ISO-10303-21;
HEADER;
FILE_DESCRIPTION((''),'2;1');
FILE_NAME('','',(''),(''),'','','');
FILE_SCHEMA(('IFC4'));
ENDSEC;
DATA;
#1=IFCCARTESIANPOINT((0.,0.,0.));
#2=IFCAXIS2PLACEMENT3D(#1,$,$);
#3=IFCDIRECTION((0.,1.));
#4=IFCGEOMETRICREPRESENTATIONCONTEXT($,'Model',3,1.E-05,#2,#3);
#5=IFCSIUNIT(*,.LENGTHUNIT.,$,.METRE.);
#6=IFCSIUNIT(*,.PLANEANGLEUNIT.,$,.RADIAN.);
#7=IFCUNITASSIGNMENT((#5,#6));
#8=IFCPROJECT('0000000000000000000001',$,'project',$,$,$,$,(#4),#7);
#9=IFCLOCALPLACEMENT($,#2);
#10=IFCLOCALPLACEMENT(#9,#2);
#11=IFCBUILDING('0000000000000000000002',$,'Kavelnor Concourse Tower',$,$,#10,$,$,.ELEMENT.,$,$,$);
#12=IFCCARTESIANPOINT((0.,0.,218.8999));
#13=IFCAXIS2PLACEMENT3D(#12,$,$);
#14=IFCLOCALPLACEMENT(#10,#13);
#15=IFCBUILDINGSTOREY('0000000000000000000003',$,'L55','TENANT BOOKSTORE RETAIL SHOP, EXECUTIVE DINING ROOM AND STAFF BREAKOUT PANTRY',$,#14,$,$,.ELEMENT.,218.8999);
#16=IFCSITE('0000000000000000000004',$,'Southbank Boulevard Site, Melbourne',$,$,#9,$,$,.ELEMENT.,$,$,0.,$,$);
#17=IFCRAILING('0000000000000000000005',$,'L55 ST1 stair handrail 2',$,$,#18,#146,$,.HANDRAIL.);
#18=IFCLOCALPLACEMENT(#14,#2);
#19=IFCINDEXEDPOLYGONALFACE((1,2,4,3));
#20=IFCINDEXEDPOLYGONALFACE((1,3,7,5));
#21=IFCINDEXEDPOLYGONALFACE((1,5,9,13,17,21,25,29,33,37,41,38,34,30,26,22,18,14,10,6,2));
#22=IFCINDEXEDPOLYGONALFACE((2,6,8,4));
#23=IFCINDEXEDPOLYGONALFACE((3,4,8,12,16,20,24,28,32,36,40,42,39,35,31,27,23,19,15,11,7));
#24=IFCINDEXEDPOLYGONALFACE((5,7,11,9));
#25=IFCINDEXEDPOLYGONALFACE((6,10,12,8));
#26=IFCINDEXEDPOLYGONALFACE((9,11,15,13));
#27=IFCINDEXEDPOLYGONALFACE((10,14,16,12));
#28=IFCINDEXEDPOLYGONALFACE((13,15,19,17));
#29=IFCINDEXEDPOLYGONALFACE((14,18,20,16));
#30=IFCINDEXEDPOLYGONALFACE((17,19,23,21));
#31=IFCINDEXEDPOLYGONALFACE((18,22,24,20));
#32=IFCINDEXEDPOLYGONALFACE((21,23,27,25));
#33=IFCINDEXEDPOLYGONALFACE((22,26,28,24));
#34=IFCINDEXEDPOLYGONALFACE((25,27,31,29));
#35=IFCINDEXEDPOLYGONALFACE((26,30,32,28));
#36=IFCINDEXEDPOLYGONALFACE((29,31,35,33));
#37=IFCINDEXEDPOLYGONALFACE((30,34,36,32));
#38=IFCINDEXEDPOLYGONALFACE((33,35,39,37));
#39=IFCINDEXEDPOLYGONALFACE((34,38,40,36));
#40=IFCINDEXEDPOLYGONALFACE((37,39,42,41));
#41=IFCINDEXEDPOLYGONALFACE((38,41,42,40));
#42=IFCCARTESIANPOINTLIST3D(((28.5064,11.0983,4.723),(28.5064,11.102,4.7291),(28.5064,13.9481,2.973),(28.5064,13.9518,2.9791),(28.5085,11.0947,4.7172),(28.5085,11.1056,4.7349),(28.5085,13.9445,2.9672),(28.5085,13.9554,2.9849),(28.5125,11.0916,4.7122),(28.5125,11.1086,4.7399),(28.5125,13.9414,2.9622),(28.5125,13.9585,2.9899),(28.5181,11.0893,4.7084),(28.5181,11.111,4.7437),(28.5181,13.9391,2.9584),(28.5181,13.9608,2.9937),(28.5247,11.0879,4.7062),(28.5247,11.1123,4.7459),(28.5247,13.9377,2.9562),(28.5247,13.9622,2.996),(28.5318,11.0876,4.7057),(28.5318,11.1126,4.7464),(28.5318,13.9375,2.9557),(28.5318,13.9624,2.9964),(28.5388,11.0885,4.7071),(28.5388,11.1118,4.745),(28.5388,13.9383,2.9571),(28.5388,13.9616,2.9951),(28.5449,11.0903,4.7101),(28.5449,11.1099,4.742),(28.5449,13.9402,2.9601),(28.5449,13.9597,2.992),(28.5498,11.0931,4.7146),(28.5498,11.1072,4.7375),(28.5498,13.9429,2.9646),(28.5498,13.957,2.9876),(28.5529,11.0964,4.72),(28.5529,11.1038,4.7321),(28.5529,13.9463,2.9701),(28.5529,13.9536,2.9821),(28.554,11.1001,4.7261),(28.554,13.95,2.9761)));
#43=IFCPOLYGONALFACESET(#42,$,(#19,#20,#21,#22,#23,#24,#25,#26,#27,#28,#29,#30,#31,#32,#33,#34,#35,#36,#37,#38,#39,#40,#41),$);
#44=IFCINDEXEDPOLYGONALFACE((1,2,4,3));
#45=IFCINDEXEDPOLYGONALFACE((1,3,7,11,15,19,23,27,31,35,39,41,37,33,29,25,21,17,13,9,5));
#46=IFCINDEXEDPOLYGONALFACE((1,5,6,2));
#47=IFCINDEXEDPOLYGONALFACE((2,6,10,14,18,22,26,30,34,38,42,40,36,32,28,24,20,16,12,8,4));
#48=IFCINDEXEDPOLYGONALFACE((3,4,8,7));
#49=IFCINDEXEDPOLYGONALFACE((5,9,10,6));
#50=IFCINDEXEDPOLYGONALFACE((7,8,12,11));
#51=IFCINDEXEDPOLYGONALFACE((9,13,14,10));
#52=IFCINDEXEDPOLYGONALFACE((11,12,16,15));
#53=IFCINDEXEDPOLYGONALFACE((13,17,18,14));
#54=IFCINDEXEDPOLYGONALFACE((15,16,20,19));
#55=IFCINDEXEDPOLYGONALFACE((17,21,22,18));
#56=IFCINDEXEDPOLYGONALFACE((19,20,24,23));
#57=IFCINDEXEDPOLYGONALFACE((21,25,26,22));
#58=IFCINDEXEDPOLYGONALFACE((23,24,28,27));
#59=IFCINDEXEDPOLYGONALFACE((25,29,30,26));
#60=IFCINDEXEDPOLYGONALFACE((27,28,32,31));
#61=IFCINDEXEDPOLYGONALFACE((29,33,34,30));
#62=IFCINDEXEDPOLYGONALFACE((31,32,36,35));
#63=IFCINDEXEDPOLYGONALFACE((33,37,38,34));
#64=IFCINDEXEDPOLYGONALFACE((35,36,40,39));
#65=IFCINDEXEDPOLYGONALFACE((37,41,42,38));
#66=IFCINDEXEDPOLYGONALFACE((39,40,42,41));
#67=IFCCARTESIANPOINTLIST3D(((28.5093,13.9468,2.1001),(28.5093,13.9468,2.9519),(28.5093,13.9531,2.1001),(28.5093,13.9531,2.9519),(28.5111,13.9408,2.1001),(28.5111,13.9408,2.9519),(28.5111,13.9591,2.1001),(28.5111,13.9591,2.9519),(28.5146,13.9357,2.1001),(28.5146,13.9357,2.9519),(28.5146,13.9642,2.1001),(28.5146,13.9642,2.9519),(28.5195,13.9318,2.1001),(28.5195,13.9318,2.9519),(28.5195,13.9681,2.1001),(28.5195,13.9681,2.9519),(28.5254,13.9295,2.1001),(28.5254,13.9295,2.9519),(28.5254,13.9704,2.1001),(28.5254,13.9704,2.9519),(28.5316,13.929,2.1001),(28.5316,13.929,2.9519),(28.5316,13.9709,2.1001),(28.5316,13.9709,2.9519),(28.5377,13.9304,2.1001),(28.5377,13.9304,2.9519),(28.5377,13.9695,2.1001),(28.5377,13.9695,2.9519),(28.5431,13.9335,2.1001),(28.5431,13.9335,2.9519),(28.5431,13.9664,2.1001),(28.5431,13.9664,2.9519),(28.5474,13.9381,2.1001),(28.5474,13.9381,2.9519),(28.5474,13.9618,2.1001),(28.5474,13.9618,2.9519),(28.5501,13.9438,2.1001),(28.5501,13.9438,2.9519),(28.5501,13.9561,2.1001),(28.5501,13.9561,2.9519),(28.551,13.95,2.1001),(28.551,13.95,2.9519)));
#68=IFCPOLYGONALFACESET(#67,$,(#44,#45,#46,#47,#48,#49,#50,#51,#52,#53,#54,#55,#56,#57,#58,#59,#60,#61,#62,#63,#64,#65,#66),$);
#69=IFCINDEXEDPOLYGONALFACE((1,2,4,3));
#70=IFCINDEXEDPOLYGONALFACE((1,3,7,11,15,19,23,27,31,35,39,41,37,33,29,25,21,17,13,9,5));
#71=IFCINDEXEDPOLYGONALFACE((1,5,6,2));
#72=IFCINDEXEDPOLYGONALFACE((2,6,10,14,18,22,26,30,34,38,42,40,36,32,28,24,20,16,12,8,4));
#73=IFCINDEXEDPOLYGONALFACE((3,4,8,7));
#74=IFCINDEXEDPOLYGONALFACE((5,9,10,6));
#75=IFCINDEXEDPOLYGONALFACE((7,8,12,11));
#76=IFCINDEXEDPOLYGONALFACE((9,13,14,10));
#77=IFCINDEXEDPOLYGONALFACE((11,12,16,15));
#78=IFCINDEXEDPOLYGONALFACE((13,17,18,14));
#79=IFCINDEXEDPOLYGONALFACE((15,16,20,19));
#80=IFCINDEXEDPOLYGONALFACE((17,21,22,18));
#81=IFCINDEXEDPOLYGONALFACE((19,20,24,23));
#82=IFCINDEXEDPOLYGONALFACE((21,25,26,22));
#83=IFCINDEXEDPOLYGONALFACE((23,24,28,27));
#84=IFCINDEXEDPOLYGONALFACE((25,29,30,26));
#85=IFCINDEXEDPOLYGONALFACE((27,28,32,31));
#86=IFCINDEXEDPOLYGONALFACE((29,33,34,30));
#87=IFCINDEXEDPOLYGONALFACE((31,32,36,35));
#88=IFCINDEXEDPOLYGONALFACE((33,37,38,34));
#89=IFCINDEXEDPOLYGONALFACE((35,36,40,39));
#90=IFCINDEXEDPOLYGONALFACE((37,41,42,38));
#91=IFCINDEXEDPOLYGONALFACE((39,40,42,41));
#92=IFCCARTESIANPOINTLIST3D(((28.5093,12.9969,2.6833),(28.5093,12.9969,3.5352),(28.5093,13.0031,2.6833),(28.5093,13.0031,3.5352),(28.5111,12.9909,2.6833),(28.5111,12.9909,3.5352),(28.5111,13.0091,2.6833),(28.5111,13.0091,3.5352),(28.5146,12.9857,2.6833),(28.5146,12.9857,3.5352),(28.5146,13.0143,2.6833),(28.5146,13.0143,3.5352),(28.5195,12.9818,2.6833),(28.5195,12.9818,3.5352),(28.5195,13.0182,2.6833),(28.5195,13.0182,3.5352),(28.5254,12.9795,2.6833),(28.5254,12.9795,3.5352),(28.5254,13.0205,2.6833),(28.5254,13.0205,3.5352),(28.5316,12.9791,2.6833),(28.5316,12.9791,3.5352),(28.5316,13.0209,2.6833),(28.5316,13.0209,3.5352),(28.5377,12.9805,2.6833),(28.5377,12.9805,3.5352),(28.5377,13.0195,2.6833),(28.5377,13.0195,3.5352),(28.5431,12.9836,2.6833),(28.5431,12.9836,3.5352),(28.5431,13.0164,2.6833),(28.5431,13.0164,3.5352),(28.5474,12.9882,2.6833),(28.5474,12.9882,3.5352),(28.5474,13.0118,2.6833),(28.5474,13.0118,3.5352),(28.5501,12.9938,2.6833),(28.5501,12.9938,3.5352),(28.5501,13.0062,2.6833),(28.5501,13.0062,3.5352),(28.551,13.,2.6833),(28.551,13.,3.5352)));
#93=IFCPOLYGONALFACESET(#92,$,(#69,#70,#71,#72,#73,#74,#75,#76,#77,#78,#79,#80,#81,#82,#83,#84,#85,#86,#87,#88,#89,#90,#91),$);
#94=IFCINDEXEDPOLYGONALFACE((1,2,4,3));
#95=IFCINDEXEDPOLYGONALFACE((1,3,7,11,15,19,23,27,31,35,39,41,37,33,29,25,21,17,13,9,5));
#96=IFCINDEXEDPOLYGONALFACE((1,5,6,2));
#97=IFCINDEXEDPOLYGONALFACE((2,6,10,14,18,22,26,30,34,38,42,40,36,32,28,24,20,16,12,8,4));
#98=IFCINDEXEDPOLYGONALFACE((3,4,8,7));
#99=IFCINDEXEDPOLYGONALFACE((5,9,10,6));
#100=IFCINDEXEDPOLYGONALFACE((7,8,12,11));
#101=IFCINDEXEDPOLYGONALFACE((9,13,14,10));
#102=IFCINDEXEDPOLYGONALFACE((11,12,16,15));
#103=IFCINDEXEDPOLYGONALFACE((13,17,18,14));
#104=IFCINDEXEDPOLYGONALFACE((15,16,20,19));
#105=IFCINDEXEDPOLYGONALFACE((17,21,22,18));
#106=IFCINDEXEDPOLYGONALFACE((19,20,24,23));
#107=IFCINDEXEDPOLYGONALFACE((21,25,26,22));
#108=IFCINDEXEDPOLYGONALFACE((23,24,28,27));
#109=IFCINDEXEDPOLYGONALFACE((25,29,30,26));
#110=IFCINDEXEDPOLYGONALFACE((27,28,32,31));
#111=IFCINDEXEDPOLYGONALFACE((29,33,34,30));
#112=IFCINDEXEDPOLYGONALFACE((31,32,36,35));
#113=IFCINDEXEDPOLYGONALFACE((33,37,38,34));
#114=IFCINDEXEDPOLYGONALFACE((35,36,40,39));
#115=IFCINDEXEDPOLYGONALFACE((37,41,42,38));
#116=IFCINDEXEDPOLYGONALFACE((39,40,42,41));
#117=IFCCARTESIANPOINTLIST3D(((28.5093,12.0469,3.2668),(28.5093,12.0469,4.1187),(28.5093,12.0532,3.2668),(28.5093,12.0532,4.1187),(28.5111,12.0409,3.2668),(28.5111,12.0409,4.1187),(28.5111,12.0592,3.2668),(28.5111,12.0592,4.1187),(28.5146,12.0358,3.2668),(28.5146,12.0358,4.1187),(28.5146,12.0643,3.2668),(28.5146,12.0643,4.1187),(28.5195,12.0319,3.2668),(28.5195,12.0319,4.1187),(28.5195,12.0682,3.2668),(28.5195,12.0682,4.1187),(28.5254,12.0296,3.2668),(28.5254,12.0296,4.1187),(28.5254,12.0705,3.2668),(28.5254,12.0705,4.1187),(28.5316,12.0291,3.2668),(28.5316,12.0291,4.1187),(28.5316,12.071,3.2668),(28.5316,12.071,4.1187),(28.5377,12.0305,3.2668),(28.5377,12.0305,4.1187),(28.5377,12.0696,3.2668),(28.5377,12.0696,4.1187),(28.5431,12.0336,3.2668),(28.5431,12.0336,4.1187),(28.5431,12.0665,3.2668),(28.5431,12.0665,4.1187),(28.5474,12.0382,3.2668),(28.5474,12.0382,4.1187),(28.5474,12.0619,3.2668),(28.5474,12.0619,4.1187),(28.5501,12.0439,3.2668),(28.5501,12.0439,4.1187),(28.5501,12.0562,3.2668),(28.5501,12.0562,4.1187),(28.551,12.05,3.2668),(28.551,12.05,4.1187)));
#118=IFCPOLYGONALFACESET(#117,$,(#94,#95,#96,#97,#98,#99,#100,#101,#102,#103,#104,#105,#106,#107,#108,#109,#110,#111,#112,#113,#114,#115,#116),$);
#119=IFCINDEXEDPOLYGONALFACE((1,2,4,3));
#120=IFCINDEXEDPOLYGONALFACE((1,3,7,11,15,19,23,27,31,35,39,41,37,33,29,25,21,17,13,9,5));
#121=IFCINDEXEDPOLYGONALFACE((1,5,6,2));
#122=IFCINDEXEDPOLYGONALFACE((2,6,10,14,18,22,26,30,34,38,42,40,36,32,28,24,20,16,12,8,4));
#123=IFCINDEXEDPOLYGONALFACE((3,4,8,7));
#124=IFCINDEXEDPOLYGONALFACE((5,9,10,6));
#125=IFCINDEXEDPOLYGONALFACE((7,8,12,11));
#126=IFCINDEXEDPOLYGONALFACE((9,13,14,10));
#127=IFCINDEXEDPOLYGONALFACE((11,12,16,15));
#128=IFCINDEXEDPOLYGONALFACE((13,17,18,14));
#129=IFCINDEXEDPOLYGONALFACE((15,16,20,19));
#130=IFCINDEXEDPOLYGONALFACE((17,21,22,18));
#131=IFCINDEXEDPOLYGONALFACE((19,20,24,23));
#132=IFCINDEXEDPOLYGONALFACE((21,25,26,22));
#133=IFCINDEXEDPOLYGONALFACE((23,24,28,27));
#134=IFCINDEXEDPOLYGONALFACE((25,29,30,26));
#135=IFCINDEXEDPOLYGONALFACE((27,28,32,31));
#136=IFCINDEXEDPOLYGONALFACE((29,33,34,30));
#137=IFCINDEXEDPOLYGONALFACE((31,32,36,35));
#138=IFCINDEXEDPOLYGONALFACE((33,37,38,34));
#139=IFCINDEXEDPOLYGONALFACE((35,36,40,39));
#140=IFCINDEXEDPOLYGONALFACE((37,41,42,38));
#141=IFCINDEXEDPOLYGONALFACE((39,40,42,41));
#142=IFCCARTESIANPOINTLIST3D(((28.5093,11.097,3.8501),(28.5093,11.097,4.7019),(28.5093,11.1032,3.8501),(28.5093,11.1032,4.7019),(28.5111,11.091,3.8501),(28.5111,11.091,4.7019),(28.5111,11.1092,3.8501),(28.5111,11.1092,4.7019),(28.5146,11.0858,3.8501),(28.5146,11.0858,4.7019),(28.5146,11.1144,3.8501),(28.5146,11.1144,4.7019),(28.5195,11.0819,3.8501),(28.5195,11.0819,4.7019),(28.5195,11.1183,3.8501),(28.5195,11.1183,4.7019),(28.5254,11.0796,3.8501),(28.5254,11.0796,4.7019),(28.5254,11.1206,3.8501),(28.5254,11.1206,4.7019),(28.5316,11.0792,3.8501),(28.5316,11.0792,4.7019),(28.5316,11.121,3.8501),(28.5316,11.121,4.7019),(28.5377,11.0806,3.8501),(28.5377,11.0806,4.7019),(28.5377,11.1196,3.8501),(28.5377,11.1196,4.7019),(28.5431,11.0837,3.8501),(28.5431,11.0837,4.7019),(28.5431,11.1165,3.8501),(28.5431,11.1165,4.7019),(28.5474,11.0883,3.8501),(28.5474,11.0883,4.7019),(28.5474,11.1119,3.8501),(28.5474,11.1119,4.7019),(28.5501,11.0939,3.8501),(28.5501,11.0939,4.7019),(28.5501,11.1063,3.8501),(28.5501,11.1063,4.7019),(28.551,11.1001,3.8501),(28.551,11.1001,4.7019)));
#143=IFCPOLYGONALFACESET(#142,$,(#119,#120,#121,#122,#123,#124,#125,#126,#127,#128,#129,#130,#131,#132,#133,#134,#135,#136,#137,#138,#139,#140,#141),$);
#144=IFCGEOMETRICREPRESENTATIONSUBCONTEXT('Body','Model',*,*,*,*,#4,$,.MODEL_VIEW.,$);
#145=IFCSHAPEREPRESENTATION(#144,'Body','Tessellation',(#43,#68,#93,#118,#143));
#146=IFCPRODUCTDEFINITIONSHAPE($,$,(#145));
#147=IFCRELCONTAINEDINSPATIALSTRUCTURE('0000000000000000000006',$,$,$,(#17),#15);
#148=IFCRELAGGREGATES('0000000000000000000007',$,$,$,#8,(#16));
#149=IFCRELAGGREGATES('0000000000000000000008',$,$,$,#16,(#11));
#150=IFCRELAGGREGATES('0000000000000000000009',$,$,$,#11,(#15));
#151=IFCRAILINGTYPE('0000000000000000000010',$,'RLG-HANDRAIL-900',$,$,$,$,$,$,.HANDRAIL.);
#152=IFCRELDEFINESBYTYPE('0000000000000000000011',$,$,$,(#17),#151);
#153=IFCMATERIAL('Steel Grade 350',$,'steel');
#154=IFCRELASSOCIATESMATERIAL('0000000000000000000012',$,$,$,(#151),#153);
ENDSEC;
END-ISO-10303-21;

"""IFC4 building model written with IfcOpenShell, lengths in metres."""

from ifc_helpers import new_model, si_unit, direction, frame, origin, origin_2d, place, context, subcontext, project, spatial, circle, extrude, material, type_object, element, save


model = new_model("IFC4")

# Units and contexts
model_context = context("Model", 3, precision=1e-05, world=origin(), true_north=direction((0.0, 1.0)))
body_context = subcontext(model_context, "Body", "Model", "MODEL_VIEW")
ifc_project = project(units=[si_unit("LENGTHUNIT", "METRE"), si_unit("PLANEANGLEUNIT", "RADIAN")], contexts=[model_context])

# Site, building, storey
site_placement = place(None, origin())
site = spatial("IfcSite", under=ifc_project, at=site_placement, Name="Southbank Boulevard Site, Melbourne", CompositionType="ELEMENT", RefElevation=0.0)
building_placement = place(site_placement, origin())
building = spatial("IfcBuilding", under=site, at=building_placement, Name="Kavelnor Concourse Tower", CompositionType="ELEMENT")
storey_placement = place(building_placement, frame((0.0, 0.0, 218.8999)))
storey = spatial("IfcBuildingStorey", under=building, at=storey_placement, Name="L55", Description="TENANT BOOKSTORE RETAIL SHOP, EXECUTIVE DINING ROOM AND STAFF BREAKOUT PANTRY", CompositionType="ELEMENT", Elevation=218.8999)

# Shared definitions
ifc_material_1 = material(Name="Steel Grade 350", Category="steel")

# Railing
railing_type_1 = type_object("IfcRailingType", Name="RLG-HANDRAIL-900", PredefinedType="HANDRAIL", material=ifc_material_1)
railing_1_placement = place(storey_placement, frame((28.53, 13.95, 2.1001)))
element("IfcRailing", 1, at=railing_1_placement, inside=storey, type_object=railing_type_1, Name="L55 ST1 stair handrail 2", PredefinedType="HANDRAIL", context=body_context, shape_type="SweptSolid", body=[
    extrude(circle(Radius=0.0239, at=origin_2d()), frame((0.0, 0.0, 0.876), z_axis=(0.0, -0.852159, 0.523283), x_axis=(1.0, 0.0, 0.0)), (0.0, 0.0, 1.0), 3.3442),
    extrude(circle(Radius=0.021, at=origin_2d()), origin(), (0.0, 0.0, 1.0), 0.8518),
    extrude(circle(Radius=0.021, at=origin_2d()), frame((0.0, -0.95, 0.5833)), (0.0, 0.0, 1.0), 0.8518),
    extrude(circle(Radius=0.021, at=origin_2d()), frame((0.0, -1.8999, 1.1667)), (0.0, 0.0, 1.0), 0.8518),
    extrude(circle(Radius=0.021, at=origin_2d()), frame((0.0, -2.8499, 1.75)), (0.0, 0.0, 1.0), 0.8518),
])

save(model, "model.ifc")
